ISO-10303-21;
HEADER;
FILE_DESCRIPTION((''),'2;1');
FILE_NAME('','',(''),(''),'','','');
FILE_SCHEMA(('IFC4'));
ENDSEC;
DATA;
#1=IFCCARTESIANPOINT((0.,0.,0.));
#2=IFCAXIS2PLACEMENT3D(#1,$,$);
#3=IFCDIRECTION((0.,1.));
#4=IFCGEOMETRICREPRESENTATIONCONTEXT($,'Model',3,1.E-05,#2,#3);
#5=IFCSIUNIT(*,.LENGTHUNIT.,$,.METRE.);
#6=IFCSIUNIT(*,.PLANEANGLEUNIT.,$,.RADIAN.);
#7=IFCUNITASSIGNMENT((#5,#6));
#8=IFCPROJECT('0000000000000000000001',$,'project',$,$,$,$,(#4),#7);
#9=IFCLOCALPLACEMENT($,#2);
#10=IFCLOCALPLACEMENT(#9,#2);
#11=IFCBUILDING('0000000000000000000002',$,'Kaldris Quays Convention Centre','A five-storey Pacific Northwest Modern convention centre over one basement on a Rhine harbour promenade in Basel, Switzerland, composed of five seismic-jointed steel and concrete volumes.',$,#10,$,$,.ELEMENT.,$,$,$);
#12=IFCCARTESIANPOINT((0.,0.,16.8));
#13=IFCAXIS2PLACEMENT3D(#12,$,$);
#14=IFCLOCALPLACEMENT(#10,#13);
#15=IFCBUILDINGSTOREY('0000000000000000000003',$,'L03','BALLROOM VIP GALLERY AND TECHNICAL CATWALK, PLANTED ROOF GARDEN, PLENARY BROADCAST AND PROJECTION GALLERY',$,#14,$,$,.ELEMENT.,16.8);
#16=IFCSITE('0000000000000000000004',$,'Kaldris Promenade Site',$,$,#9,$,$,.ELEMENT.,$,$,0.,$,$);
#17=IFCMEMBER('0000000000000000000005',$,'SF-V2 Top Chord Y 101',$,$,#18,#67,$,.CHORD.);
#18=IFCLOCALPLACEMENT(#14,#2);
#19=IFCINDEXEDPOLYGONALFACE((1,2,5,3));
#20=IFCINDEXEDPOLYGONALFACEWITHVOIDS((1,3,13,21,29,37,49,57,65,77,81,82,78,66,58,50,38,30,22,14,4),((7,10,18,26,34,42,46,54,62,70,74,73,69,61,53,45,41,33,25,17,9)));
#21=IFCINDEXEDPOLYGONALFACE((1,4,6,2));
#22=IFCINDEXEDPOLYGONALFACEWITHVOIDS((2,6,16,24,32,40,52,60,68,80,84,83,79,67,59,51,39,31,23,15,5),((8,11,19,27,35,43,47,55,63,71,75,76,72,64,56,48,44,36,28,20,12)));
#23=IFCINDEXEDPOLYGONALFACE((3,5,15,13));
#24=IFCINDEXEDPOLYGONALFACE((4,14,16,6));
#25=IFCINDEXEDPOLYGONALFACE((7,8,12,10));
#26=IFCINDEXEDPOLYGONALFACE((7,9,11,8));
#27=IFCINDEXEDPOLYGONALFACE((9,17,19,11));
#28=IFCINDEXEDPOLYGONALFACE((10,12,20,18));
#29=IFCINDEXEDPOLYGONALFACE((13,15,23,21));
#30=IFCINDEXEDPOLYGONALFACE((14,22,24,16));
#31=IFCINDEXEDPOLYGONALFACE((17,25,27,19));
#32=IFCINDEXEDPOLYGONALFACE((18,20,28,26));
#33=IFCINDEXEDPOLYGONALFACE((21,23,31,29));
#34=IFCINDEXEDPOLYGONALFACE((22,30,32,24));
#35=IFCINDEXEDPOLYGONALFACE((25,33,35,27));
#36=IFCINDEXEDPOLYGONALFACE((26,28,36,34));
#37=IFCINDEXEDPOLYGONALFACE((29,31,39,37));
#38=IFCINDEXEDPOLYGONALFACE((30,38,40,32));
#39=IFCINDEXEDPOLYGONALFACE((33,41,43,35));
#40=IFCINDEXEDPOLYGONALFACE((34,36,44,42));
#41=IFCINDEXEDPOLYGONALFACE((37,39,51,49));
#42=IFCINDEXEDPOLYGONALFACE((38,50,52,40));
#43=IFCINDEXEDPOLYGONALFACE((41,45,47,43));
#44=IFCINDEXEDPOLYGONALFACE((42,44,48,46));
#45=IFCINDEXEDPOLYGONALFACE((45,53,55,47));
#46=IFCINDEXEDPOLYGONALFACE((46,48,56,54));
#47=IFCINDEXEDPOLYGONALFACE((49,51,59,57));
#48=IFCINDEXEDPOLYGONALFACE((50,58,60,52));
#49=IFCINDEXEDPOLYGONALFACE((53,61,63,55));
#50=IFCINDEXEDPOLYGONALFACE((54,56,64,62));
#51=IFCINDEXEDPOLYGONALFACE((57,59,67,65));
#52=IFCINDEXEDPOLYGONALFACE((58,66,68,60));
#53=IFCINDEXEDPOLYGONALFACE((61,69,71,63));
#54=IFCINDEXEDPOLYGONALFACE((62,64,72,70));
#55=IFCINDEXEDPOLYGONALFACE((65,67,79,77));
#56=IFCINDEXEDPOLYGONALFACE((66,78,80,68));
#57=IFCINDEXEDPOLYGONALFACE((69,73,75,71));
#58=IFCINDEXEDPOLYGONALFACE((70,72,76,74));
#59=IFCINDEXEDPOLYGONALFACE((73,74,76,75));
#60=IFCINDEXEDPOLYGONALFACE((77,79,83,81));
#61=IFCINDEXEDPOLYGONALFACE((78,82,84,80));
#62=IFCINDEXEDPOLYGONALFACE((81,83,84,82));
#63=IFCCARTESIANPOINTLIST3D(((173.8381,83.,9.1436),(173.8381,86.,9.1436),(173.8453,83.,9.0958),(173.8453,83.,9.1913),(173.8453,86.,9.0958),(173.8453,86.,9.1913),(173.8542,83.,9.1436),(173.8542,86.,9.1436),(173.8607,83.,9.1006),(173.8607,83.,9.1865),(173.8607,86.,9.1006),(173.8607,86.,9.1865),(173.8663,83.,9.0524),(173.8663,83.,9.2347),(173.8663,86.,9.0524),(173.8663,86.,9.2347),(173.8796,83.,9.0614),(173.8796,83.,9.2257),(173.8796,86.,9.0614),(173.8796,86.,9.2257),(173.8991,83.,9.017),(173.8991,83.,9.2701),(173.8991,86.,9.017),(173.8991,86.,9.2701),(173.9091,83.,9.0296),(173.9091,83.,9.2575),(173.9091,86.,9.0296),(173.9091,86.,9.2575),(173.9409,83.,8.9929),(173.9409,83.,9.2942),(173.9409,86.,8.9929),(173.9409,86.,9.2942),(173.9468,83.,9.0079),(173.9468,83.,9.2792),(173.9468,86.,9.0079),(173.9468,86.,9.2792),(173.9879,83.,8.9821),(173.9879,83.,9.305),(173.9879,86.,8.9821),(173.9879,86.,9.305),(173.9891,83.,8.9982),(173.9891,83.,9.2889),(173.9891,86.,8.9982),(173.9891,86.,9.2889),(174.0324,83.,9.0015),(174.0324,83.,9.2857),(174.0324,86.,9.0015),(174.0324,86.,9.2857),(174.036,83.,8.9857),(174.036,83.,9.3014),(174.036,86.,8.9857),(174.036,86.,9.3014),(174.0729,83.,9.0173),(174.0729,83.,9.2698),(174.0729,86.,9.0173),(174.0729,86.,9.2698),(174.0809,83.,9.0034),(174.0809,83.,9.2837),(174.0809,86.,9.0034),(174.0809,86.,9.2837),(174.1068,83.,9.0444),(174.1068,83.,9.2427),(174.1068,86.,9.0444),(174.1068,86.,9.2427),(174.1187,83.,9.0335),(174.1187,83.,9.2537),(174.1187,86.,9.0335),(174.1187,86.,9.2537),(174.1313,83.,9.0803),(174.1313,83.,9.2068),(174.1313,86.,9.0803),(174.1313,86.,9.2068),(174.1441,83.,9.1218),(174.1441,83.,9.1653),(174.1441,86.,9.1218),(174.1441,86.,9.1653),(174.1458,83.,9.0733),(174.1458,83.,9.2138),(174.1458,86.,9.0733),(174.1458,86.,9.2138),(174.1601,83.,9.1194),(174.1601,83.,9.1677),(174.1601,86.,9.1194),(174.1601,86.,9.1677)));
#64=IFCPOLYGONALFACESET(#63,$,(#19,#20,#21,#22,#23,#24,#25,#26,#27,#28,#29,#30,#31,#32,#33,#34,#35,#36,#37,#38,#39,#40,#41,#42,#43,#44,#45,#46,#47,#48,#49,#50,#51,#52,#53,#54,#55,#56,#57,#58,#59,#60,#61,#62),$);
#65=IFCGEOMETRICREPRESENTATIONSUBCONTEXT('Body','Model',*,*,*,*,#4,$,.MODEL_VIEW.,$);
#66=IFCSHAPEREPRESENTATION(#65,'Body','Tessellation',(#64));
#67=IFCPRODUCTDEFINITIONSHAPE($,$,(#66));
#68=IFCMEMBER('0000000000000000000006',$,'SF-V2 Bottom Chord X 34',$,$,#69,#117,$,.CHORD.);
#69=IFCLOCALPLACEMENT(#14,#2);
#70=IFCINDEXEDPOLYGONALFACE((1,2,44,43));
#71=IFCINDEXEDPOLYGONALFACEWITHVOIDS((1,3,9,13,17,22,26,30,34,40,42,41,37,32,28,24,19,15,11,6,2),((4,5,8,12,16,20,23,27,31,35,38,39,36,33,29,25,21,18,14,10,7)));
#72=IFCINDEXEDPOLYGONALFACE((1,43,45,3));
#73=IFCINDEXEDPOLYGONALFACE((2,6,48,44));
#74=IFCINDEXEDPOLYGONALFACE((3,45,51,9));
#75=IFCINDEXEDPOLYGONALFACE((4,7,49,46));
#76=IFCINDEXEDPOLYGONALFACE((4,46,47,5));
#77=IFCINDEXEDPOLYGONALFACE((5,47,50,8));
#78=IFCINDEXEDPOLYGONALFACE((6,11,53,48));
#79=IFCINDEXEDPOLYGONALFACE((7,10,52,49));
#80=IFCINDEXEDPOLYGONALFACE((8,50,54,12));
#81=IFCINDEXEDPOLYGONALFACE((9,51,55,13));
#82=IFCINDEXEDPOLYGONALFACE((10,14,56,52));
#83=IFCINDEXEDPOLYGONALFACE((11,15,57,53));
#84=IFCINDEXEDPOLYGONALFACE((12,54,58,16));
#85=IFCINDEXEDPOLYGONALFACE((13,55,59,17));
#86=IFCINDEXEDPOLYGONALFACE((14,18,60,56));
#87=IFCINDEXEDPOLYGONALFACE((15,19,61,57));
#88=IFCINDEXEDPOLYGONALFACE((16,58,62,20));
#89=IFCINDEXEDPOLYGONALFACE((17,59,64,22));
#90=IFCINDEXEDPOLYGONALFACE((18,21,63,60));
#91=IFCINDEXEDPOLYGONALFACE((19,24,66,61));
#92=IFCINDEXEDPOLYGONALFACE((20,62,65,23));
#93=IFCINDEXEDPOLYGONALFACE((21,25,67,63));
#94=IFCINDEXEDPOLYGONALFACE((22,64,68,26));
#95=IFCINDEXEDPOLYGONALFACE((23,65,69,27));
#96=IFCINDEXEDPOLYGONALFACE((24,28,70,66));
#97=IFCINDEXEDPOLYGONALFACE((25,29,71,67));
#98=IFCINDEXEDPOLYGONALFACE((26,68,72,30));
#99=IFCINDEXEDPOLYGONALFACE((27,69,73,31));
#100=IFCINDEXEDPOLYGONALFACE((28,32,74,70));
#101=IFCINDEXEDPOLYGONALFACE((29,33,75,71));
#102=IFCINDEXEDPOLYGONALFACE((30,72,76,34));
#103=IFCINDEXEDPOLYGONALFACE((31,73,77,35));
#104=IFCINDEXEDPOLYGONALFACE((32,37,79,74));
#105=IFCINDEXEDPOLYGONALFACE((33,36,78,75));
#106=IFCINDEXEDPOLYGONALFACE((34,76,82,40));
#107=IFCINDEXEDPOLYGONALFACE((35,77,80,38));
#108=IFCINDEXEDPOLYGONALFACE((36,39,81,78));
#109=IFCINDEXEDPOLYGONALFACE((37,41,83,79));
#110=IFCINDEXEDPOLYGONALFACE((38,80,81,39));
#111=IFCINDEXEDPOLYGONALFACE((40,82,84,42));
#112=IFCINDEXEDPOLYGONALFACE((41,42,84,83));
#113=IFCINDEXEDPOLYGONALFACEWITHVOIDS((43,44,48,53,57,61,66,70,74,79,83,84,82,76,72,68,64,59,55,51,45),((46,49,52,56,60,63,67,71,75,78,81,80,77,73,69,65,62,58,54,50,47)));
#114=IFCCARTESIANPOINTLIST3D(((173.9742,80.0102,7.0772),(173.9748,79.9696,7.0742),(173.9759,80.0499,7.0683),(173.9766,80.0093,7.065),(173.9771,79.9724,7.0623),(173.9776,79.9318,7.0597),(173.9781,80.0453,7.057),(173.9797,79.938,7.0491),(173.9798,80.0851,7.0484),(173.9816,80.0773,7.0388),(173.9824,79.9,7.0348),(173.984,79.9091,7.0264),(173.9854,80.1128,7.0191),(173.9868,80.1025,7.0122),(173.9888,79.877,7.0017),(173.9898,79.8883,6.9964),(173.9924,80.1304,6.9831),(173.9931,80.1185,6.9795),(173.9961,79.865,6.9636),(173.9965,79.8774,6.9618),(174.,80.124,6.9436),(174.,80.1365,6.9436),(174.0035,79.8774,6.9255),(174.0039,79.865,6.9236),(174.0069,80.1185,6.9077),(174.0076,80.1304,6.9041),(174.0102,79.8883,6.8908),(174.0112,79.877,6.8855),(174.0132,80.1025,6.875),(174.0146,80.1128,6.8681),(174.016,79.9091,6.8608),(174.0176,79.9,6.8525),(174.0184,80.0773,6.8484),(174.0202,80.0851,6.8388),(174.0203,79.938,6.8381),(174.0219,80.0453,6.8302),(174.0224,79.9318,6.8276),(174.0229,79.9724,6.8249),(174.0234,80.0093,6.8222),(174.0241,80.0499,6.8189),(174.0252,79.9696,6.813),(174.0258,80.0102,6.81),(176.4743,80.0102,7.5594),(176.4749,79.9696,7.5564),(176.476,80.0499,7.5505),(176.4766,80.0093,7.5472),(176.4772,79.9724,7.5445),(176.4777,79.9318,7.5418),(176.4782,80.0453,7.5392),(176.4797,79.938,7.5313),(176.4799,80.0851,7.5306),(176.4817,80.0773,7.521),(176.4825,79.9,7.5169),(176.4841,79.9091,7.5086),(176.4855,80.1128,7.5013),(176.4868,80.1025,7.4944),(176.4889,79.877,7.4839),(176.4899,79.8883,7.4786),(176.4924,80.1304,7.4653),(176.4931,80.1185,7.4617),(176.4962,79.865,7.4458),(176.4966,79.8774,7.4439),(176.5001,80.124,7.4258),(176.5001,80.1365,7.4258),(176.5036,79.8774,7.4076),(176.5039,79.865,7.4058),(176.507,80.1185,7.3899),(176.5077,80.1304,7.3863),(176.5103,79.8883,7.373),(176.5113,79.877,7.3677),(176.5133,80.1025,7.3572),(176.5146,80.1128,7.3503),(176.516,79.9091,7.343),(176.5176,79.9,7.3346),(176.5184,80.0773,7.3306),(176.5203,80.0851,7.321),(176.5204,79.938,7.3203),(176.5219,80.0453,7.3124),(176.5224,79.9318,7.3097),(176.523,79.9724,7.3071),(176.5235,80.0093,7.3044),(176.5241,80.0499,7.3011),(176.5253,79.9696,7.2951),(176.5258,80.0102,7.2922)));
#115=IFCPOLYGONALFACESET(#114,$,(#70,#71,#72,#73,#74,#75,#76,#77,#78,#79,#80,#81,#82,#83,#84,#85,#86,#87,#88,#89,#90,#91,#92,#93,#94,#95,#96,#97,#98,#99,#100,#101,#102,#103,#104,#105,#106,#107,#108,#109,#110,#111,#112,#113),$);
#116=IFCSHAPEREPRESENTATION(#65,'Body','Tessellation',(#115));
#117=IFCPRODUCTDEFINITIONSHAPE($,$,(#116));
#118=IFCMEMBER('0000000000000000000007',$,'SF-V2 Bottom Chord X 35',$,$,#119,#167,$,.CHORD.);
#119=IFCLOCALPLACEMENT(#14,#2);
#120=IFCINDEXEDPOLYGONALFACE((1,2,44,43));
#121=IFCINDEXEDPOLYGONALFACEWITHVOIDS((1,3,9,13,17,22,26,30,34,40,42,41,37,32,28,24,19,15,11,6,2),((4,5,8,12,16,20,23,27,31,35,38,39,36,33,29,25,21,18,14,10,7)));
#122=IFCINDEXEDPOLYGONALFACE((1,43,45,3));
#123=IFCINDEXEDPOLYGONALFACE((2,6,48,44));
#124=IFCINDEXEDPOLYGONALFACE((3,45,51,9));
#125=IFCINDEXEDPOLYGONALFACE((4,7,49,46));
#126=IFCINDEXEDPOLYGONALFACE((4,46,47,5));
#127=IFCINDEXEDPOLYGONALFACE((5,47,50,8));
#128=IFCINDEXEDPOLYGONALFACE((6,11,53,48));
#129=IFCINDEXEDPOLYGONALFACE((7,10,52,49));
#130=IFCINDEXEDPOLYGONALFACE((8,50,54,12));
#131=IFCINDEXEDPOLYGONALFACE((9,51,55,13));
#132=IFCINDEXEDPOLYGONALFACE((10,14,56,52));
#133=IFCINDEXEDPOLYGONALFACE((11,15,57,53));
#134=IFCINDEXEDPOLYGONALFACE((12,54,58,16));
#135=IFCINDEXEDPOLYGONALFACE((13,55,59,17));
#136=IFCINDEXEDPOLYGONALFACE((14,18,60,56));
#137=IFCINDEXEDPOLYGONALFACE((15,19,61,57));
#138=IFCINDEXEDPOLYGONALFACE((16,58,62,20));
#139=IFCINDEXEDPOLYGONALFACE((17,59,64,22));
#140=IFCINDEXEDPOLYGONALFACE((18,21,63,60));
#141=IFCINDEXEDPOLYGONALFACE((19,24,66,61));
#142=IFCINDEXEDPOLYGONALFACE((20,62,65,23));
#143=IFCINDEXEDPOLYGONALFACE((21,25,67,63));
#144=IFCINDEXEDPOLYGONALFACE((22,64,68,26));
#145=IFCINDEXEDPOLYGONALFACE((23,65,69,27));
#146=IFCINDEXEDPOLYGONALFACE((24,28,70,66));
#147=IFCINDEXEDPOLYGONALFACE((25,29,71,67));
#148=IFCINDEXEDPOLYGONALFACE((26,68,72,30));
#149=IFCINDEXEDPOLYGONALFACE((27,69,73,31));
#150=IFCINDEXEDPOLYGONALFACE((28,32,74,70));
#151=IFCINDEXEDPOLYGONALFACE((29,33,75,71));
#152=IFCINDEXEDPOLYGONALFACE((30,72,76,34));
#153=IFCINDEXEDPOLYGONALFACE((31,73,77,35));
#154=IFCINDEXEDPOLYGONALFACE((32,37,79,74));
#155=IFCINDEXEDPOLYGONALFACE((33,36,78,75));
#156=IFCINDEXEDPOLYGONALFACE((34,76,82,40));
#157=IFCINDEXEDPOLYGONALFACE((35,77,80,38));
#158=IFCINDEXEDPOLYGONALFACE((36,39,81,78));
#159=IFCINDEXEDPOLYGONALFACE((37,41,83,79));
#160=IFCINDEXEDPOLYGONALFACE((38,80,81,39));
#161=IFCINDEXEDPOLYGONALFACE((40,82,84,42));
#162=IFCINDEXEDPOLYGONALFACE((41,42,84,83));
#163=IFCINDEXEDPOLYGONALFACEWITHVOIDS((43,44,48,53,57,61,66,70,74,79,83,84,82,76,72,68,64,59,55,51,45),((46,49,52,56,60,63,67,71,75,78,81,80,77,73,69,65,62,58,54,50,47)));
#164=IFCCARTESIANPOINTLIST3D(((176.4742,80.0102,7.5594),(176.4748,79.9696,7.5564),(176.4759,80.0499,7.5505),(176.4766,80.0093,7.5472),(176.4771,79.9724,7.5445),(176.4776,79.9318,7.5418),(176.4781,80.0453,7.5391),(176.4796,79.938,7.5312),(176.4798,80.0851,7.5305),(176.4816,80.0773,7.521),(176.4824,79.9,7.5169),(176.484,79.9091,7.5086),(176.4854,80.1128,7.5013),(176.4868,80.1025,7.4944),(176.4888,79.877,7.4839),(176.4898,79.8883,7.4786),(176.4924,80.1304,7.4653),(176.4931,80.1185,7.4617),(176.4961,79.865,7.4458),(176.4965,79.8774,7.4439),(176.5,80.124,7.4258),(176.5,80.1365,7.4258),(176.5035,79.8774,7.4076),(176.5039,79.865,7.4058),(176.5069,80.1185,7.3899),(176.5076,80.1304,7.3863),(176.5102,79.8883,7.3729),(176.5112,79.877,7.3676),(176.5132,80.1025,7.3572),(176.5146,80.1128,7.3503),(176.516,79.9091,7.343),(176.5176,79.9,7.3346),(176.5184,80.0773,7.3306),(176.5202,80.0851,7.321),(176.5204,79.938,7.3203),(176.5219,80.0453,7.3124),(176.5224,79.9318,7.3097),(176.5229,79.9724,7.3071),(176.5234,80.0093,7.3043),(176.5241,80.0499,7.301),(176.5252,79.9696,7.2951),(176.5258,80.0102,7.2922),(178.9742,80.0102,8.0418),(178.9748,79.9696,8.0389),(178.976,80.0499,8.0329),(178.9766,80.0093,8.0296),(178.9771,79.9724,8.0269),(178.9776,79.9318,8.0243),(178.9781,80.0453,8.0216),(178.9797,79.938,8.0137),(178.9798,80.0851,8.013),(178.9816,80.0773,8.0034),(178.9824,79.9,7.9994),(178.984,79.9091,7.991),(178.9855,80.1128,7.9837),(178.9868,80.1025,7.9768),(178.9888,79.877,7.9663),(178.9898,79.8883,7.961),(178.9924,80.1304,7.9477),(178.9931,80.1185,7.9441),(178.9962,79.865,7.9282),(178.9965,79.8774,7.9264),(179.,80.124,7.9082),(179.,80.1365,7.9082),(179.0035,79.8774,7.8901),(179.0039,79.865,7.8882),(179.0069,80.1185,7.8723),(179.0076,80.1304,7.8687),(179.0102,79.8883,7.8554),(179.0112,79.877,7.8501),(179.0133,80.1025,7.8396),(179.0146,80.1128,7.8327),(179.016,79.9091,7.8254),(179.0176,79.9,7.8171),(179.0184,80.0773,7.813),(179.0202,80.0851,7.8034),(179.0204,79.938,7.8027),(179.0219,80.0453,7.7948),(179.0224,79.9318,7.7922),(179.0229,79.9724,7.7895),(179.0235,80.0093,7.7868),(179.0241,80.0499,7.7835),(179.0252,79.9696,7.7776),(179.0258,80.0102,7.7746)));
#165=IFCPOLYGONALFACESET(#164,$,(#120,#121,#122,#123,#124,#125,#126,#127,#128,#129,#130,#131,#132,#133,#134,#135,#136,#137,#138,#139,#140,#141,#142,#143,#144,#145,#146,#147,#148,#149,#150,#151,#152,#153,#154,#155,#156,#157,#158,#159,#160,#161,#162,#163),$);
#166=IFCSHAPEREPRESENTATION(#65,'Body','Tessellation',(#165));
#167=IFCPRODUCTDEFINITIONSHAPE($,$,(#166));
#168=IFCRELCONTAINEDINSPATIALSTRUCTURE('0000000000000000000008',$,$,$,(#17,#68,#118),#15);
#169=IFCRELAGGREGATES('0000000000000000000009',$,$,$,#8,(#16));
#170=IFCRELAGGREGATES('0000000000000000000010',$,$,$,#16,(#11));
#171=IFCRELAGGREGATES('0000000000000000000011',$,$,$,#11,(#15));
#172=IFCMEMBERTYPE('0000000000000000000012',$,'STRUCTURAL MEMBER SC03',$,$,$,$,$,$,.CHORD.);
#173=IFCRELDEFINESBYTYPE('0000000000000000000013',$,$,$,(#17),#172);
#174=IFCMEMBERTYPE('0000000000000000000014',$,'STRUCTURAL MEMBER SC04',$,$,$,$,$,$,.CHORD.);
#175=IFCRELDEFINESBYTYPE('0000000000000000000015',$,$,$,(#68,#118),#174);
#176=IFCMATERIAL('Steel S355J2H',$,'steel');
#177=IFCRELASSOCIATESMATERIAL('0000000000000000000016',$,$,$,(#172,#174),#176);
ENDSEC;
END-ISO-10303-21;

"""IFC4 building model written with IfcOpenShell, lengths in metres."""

from ifc_helpers import new_model, si_unit, direction, frame, origin, origin_2d, place, context, subcontext, project, spatial, hollow_circle, extrude, material, material_profile, profile_set, type_object, element, save


model = new_model("IFC4")

# Units and contexts
model_context = context("Model", 3, precision=1e-05, world=origin(), true_north=direction((0.0, 1.0)))
body_context = subcontext(model_context, "Body", "Model", "MODEL_VIEW")
ifc_project = project(units=[si_unit("LENGTHUNIT", "METRE"), si_unit("PLANEANGLEUNIT", "RADIAN")], contexts=[model_context])

# Site, building, storey
site_placement = place(None, origin())
site = spatial("IfcSite", under=ifc_project, at=site_placement, Name="Kaldris Promenade Site", CompositionType="ELEMENT", RefElevation=0.0)
building_placement = place(site_placement, origin())
building = spatial("IfcBuilding", under=site, at=building_placement, Name="Kaldris Quays Convention Centre", Description="A five-storey Pacific Northwest Modern convention centre over one basement on a Rhine harbour promenade in Basel, Switzerland, composed of five seismic-jointed steel and concrete volumes.", CompositionType="ELEMENT")
storey_placement = place(building_placement, frame((0.0, 0.0, 16.8)))
storey = spatial("IfcBuildingStorey", under=building, at=storey_placement, Name="L03", Description="BALLROOM VIP GALLERY AND TECHNICAL CATWALK, PLANTED ROOF GARDEN, PLENARY BROADCAST AND PROJECTION GALLERY", CompositionType="ELEMENT", Elevation=16.8)

# Members
ifc_material_1 = material(Name="Steel S355J2H", Category="steel")
ifc_material_profile_1 = material_profile(ifc_material_1, hollow_circle(Radius=0.1619, WallThickness=0.0161, at=origin_2d()), Name="CHS 323.9x16")
ifc_profile_set_1 = profile_set([ifc_material_profile_1], Name="Steel S355J2H")
member_type_1 = type_object("IfcMemberType", Name="STRUCTURAL MEMBER SC03", PredefinedType="CHORD", material=ifc_profile_set_1)
for number, where, z_axis, x_axis, name in (
    (1, (174.0, 83.0, 9.1436), (0.0, 1.0, 0.0), (-1.0, 0.0, 0.0), "SF-V2 Top Chord Y 101"),
):
    element("IfcMember", number, at=place(storey_placement, frame(where, z_axis=z_axis, x_axis=x_axis)), inside=storey, type_object=member_type_1, Name=name, PredefinedType="CHORD", context=body_context, shape_type="SweptSolid", body=[
        extrude(hollow_circle(Radius=0.1619, WallThickness=0.0161, at=origin_2d()), origin(), (0.0, 0.0, 1.0), 3.0),
    ])
ifc_material_profile_2 = material_profile(ifc_material_1, hollow_circle(Radius=0.1365, WallThickness=0.0125, at=origin_2d()), Name="CHS 273x12.5")
ifc_profile_set_2 = profile_set([ifc_material_profile_2], Name="Steel S355J2H")
member_type_2 = type_object("IfcMemberType", Name="STRUCTURAL MEMBER SC04", PredefinedType="CHORD", material=ifc_profile_set_2)
for number, where, z_axis, x_axis, name in (
    (2, (174.0, 80.0, 6.9436), (0.981904, 0.0, 0.189381), (0.0, 1.0, 0.0), "SF-V2 Bottom Chord X 34"),
    (3, (176.5, 80.0, 7.4258), (0.981886, 0.0, 0.189473), (0.0, 1.0, 0.0), "SF-V2 Bottom Chord X 35"),
):
    element("IfcMember", number, at=place(storey_placement, frame(where, z_axis=z_axis, x_axis=x_axis)), inside=storey, type_object=member_type_2, Name=name, PredefinedType="CHORD", context=body_context, shape_type="SweptSolid", body=[
        extrude(hollow_circle(Radius=0.1365, WallThickness=0.0125, at=origin_2d()), origin(), (0.0, 0.0, 1.0), 2.5461),
    ])

save(model, "model.ifc")
